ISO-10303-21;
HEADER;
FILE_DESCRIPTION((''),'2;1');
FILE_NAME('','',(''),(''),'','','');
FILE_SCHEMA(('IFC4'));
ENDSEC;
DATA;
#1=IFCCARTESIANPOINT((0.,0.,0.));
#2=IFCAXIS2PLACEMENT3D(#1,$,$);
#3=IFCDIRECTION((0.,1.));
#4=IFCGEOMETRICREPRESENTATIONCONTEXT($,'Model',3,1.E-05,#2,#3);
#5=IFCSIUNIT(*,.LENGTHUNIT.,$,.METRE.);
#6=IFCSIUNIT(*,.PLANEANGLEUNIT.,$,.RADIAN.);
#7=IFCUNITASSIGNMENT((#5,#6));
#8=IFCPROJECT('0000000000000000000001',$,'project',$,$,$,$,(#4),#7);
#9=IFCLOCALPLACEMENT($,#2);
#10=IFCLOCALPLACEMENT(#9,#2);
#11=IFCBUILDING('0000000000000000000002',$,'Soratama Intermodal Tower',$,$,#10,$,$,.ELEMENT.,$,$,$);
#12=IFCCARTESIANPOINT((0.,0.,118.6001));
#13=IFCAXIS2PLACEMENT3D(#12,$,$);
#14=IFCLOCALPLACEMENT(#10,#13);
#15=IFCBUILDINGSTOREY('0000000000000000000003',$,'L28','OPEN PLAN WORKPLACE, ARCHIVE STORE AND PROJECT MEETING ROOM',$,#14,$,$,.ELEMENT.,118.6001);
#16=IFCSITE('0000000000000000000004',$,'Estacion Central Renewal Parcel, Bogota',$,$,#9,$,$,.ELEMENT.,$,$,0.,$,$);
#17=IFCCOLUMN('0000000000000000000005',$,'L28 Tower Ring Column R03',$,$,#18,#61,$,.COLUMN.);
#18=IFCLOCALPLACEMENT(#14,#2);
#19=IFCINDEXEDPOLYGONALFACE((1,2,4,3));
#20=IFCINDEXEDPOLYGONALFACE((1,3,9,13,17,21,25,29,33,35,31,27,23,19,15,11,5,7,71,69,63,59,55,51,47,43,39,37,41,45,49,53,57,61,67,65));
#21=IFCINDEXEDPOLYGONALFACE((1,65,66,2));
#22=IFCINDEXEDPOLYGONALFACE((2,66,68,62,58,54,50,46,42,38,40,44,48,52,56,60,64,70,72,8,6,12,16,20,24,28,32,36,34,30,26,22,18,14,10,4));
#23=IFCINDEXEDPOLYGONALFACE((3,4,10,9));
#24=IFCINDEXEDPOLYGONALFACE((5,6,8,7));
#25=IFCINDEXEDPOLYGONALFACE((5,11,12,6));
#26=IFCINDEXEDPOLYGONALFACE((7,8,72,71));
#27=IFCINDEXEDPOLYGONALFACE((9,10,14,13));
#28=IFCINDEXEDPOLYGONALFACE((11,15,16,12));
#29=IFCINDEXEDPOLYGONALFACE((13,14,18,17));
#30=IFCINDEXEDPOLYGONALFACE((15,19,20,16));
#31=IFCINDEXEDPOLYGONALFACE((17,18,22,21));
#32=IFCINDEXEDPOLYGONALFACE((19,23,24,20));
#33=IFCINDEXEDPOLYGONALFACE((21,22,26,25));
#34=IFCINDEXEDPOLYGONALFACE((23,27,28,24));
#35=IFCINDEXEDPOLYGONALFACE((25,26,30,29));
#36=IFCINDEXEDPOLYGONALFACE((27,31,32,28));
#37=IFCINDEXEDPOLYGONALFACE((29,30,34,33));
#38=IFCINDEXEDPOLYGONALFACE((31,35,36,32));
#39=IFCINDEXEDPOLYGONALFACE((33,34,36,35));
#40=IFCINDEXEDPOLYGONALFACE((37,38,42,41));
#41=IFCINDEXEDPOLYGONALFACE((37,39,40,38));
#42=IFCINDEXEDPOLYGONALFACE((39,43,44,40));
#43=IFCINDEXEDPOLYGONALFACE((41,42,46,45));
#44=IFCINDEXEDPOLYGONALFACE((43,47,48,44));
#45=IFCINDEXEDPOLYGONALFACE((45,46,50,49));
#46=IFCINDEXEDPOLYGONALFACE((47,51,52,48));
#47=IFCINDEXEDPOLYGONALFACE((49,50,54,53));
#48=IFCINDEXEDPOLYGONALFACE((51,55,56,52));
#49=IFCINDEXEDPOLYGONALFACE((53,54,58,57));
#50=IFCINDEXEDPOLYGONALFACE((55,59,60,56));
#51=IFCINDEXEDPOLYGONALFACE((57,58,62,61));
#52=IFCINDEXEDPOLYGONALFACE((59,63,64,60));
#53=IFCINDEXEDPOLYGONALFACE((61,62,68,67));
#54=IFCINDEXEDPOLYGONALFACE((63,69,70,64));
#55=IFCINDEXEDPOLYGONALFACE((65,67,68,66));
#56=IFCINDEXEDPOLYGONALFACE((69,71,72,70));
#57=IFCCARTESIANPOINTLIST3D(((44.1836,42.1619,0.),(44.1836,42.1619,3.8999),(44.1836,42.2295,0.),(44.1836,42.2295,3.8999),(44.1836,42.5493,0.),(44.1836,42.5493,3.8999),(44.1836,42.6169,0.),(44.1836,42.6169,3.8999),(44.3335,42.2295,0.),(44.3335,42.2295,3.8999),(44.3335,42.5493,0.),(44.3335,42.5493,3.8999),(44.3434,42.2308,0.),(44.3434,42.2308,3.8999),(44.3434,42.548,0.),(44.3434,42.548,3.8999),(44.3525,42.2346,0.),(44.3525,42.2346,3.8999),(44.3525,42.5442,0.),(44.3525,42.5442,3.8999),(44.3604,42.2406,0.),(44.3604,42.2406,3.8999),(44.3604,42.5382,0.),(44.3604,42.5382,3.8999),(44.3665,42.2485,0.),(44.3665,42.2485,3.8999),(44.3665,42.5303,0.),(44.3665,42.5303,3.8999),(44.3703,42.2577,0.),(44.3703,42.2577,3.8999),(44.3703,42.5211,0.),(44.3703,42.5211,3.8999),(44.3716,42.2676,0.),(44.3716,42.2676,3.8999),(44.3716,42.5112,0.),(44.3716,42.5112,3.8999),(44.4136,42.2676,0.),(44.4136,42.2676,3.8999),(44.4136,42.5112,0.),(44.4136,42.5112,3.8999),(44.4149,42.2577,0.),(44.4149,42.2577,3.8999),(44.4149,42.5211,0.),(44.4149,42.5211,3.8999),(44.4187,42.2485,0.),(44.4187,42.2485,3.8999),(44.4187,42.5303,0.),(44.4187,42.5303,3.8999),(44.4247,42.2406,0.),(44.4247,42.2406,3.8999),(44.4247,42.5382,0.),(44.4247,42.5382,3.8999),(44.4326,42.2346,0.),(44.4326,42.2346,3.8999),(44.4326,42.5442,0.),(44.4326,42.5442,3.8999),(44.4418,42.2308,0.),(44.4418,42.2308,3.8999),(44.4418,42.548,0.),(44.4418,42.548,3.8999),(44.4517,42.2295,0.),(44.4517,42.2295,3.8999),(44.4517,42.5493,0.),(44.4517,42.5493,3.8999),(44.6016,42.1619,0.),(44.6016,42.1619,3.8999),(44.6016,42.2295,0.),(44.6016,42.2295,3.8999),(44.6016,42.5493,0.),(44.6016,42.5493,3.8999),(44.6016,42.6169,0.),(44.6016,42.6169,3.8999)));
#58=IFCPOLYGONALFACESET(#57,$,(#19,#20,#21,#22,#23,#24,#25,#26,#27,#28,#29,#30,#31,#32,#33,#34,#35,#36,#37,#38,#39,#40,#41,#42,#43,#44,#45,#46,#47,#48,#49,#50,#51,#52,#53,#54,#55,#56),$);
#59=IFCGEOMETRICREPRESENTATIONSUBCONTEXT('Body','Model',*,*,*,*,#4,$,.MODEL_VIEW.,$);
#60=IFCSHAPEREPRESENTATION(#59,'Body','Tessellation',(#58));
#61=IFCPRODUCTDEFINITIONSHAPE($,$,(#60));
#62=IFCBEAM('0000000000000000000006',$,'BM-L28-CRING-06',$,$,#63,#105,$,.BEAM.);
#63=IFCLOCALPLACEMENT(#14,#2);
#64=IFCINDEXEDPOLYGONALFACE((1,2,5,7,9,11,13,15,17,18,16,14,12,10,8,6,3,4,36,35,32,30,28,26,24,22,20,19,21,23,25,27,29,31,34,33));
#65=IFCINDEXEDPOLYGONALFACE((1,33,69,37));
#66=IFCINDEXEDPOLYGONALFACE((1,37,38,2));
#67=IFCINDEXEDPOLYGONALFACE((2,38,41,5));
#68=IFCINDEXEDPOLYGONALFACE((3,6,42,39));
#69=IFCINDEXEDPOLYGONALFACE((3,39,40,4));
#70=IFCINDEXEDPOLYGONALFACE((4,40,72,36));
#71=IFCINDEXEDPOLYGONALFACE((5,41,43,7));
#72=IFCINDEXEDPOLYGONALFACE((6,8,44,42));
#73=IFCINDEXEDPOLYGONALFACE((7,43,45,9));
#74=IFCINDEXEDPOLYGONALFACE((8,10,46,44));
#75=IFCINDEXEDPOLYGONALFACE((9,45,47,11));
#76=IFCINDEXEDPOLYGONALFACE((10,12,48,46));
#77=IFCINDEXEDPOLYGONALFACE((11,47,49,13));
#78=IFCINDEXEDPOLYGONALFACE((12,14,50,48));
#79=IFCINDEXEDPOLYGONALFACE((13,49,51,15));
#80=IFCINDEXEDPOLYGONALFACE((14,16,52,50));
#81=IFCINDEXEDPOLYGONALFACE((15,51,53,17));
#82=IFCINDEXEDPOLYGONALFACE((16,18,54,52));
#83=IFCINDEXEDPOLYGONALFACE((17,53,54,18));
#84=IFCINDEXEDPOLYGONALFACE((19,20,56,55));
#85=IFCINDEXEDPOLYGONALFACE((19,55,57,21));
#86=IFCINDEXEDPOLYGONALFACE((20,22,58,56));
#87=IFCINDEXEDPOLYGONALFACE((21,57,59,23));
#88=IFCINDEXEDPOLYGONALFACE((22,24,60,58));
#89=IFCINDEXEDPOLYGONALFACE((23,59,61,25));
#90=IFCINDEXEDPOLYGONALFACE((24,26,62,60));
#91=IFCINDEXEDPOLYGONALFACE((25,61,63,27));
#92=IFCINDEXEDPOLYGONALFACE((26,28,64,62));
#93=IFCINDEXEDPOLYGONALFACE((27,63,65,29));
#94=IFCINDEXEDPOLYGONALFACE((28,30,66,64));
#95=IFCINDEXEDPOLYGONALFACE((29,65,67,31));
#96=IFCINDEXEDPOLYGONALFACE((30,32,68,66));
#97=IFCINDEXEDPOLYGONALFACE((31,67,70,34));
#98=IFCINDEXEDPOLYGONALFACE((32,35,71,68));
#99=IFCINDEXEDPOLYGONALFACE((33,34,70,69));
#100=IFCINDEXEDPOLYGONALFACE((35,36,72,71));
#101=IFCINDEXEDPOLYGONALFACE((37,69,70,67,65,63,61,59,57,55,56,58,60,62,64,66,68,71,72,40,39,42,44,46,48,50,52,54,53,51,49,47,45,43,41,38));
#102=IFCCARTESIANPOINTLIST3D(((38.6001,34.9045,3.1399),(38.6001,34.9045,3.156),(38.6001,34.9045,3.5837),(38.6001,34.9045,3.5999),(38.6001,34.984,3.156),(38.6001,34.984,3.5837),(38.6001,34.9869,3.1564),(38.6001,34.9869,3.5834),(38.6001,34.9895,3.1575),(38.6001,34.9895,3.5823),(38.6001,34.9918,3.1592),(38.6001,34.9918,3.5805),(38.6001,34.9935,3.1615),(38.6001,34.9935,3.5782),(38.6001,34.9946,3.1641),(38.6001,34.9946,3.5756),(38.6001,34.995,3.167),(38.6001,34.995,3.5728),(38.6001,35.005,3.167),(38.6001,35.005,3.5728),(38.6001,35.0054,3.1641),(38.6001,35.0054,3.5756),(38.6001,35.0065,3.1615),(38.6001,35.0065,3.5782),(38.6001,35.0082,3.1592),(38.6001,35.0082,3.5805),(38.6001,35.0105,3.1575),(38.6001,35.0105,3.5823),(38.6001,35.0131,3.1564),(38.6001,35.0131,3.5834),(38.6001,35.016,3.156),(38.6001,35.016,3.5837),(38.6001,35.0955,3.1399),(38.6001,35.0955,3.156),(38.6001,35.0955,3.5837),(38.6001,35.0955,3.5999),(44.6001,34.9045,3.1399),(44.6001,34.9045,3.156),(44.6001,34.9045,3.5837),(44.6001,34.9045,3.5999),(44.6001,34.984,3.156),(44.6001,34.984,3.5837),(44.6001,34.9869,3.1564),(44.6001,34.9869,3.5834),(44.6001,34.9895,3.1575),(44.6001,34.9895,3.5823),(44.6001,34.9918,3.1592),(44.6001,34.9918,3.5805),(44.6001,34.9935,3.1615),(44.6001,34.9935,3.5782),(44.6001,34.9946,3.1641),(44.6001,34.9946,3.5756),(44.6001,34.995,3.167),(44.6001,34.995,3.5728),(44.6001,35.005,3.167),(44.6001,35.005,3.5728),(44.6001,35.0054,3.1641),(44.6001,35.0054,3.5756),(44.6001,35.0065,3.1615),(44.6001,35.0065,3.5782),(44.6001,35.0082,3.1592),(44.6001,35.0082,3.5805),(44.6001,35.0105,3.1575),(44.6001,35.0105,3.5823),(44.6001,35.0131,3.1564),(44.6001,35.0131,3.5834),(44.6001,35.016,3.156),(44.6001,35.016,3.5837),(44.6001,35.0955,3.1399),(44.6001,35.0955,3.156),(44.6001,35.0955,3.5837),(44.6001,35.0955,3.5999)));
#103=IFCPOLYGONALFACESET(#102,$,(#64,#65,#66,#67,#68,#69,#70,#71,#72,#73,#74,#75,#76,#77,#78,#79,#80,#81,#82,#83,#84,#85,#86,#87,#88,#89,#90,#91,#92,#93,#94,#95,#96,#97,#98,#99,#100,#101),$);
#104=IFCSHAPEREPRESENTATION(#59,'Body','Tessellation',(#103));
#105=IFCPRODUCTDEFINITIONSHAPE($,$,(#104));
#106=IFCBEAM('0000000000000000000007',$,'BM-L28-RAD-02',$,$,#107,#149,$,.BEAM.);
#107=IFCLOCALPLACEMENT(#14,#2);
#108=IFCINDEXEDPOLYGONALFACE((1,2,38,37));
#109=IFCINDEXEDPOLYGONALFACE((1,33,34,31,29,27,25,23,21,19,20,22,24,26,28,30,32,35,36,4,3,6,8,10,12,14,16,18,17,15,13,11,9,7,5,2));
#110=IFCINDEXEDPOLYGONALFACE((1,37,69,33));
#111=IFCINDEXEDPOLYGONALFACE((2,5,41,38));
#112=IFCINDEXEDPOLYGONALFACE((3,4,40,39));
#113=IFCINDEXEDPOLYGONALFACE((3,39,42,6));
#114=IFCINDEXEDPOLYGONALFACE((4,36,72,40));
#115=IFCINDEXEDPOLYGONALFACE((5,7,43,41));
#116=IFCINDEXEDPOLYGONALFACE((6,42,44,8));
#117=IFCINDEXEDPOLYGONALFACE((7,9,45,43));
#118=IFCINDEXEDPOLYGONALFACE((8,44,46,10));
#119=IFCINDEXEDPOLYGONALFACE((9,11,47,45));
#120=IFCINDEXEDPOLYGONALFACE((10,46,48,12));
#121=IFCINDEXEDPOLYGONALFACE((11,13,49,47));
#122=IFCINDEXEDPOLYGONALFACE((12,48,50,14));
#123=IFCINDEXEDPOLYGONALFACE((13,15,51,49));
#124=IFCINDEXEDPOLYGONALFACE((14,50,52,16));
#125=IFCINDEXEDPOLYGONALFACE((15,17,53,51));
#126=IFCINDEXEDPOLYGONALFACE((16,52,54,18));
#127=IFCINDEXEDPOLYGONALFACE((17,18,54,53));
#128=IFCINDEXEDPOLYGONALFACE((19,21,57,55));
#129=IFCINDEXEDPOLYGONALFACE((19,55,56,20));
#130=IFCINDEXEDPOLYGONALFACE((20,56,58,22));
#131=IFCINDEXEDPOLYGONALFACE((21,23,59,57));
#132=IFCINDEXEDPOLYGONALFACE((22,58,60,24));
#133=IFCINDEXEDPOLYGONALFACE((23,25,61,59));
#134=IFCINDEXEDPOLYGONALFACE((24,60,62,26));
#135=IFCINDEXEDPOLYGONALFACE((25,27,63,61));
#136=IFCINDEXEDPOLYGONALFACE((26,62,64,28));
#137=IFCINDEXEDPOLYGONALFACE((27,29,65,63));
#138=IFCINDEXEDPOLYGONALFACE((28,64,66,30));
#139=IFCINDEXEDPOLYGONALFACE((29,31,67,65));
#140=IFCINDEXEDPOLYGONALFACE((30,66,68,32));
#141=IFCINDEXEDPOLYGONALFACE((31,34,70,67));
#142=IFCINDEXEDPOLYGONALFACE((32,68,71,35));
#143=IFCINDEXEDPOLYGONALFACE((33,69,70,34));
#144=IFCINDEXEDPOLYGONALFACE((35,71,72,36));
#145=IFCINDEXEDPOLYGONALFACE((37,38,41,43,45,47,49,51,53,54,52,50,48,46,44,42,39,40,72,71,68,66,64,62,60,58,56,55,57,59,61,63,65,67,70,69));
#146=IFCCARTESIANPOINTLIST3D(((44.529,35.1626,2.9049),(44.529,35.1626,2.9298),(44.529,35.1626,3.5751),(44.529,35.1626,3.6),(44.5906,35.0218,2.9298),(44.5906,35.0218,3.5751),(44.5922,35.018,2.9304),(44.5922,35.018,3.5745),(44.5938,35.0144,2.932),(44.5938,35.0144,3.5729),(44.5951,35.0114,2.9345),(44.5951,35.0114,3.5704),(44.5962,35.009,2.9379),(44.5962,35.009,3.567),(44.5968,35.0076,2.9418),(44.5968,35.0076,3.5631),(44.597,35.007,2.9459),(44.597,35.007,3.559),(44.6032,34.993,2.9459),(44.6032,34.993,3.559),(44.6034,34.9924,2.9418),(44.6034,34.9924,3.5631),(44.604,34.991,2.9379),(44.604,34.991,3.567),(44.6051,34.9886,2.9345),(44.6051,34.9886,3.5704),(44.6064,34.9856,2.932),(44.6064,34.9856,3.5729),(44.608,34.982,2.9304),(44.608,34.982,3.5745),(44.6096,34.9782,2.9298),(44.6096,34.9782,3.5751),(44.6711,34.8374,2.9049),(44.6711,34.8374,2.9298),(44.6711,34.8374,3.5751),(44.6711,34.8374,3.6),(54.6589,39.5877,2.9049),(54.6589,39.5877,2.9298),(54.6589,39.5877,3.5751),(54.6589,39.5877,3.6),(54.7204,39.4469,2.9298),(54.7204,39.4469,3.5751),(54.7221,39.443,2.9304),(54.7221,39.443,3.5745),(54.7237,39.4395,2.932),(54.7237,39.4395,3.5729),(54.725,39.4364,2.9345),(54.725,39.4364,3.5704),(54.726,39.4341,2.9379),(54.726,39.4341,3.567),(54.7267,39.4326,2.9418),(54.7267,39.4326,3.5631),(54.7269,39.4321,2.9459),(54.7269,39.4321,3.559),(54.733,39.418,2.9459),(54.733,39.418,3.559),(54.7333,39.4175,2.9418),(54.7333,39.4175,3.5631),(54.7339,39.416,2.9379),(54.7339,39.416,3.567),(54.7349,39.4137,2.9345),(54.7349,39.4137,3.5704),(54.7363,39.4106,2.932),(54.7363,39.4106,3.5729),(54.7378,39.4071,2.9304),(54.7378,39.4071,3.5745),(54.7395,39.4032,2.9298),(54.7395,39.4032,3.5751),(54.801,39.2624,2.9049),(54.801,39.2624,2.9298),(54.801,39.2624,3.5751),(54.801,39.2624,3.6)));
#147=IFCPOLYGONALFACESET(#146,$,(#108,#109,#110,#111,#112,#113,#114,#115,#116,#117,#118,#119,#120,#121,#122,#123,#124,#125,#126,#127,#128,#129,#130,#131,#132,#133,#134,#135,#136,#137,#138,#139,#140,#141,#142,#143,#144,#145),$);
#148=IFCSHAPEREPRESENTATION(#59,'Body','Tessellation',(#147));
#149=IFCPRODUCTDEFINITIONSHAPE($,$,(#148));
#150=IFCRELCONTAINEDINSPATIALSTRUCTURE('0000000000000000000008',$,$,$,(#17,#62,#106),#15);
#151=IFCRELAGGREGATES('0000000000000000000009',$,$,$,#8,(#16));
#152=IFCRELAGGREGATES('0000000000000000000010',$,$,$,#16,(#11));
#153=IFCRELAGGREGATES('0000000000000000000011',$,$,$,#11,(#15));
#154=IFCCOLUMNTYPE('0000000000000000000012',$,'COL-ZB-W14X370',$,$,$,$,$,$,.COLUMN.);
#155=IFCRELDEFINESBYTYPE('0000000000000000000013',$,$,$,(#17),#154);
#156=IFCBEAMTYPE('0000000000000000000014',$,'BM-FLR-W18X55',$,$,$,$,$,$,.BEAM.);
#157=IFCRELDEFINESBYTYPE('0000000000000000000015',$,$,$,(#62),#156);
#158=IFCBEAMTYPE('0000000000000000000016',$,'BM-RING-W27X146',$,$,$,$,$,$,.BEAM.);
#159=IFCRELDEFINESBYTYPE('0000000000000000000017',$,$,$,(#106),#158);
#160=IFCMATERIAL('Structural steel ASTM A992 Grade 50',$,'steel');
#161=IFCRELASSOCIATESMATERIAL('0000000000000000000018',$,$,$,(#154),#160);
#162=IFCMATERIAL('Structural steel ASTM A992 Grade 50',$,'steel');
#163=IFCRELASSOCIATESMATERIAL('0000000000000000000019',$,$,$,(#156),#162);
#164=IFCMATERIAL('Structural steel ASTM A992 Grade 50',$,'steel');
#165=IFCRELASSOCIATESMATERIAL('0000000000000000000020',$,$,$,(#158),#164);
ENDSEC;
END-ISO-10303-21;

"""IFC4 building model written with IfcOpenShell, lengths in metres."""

from ifc_helpers import new_model, si_unit, direction, frame, origin, origin_2d, place, context, subcontext, project, spatial, i_section, extrude, material, material_profile, profile_set, type_object, element, save


model = new_model("IFC4")

# Units and contexts
model_context = context("Model", 3, precision=1e-05, world=origin(), true_north=direction((0.0, 1.0)))
body_context = subcontext(model_context, "Body", "Model", "MODEL_VIEW")
ifc_project = project(units=[si_unit("LENGTHUNIT", "METRE"), si_unit("PLANEANGLEUNIT", "RADIAN")], contexts=[model_context])

# Site, building, storey
site_placement = place(None, origin())
site = spatial("IfcSite", under=ifc_project, at=site_placement, Name="Estacion Central Renewal Parcel, Bogota", CompositionType="ELEMENT", RefElevation=0.0)
building_placement = place(site_placement, origin())
building = spatial("IfcBuilding", under=site, at=building_placement, Name="Soratama Intermodal Tower", CompositionType="ELEMENT")
storey_placement = place(building_placement, frame((0.0, 0.0, 118.6001)))
storey = spatial("IfcBuildingStorey", under=building, at=storey_placement, Name="L28", Description="OPEN PLAN WORKPLACE, ARCHIVE STORE AND PROJECT MEETING ROOM", CompositionType="ELEMENT", Elevation=118.6001)

# Column
ifc_material_1 = material(Name="Structural steel ASTM A992 Grade 50", Category="steel")
ifc_material_profile_1 = material_profile(ifc_material_1, i_section(OverallWidth=0.418, OverallDepth=0.4551, WebThickness=0.042, FlangeThickness=0.0676, FilletRadius=0.0381, at=origin_2d()), Name="W14X370")
ifc_profile_set_1 = profile_set([ifc_material_profile_1], Name="Structural steel ASTM A992 Grade 50")
column_type = type_object("IfcColumnType", Name="COL-ZB-W14X370", PredefinedType="COLUMN", material=ifc_profile_set_1)
column_placement = place(storey_placement, frame((44.3926, 42.3894, 0.0), z_axis=(0.0, 0.0, 1.0), x_axis=(1.0, 0.0, 0.0)))
element("IfcColumn", 1, at=column_placement, inside=storey, type_object=column_type, Name="L28 Tower Ring Column R03", PredefinedType="COLUMN", context=body_context, shape_type="SweptSolid", body=[
    extrude(i_section(OverallWidth=0.418, OverallDepth=0.4551, WebThickness=0.042, FlangeThickness=0.0676, FilletRadius=0.0381, at=origin_2d()), origin(), (0.0, 0.0, 1.0), 3.8999),
])

# Beams
ifc_material_2 = material(Name="Structural steel ASTM A992 Grade 50", Category="steel")
ifc_material_profile_2 = material_profile(ifc_material_2, i_section(OverallWidth=0.1909, OverallDepth=0.46, WebThickness=0.01, FlangeThickness=0.0161, FilletRadius=0.011, at=origin_2d()), Name="W18X55")
ifc_profile_set_2 = profile_set([ifc_material_profile_2], Name="Structural steel ASTM A992 Grade 50")
beam_type_1 = type_object("IfcBeamType", Name="BM-FLR-W18X55", PredefinedType="BEAM", material=ifc_profile_set_2)
beam_1_placement = place(storey_placement, frame((44.6001, 35.0, 3.3699), z_axis=(-1.0, 0.0, 0.0), x_axis=(0.0, -1.0, 0.0)))
element("IfcBeam", 2, at=beam_1_placement, inside=storey, type_object=beam_type_1, Name="BM-L28-CRING-06", PredefinedType="BEAM", context=body_context, shape_type="SweptSolid", body=[
    extrude(i_section(OverallWidth=0.1909, OverallDepth=0.46, WebThickness=0.01, FlangeThickness=0.0161, FilletRadius=0.011, at=origin_2d()), origin(), (0.0, 0.0, 1.0), 6.0),
])
ifc_material_3 = material(Name="Structural steel ASTM A992 Grade 50", Category="steel")
ifc_material_profile_3 = material_profile(ifc_material_3, i_section(OverallWidth=0.355, OverallDepth=0.6951, WebThickness=0.0154, FlangeThickness=0.0249, FilletRadius=0.0161, at=origin_2d()), Name="W27X146")
ifc_profile_set_3 = profile_set([ifc_material_profile_3], Name="Structural steel ASTM A992 Grade 50")
beam_type_2 = type_object("IfcBeamType", Name="BM-RING-W27X146", PredefinedType="BEAM", material=ifc_profile_set_3)
beam_2_placement = place(storey_placement, frame((44.6001, 35.0, 3.2524), z_axis=(0.916382, 0.400304, 0.0), x_axis=(-0.400304, 0.916382, 0.0)))
element("IfcBeam", 3, at=beam_2_placement, inside=storey, type_object=beam_type_2, Name="BM-L28-RAD-02", PredefinedType="BEAM", context=body_context, shape_type="SweptSolid", body=[
    extrude(i_section(OverallWidth=0.355, OverallDepth=0.6951, WebThickness=0.0154, FlangeThickness=0.0249, FilletRadius=0.0161, at=origin_2d()), origin(), (0.0, 0.0, 1.0), 11.0542),
])

save(model, "model.ifc")
